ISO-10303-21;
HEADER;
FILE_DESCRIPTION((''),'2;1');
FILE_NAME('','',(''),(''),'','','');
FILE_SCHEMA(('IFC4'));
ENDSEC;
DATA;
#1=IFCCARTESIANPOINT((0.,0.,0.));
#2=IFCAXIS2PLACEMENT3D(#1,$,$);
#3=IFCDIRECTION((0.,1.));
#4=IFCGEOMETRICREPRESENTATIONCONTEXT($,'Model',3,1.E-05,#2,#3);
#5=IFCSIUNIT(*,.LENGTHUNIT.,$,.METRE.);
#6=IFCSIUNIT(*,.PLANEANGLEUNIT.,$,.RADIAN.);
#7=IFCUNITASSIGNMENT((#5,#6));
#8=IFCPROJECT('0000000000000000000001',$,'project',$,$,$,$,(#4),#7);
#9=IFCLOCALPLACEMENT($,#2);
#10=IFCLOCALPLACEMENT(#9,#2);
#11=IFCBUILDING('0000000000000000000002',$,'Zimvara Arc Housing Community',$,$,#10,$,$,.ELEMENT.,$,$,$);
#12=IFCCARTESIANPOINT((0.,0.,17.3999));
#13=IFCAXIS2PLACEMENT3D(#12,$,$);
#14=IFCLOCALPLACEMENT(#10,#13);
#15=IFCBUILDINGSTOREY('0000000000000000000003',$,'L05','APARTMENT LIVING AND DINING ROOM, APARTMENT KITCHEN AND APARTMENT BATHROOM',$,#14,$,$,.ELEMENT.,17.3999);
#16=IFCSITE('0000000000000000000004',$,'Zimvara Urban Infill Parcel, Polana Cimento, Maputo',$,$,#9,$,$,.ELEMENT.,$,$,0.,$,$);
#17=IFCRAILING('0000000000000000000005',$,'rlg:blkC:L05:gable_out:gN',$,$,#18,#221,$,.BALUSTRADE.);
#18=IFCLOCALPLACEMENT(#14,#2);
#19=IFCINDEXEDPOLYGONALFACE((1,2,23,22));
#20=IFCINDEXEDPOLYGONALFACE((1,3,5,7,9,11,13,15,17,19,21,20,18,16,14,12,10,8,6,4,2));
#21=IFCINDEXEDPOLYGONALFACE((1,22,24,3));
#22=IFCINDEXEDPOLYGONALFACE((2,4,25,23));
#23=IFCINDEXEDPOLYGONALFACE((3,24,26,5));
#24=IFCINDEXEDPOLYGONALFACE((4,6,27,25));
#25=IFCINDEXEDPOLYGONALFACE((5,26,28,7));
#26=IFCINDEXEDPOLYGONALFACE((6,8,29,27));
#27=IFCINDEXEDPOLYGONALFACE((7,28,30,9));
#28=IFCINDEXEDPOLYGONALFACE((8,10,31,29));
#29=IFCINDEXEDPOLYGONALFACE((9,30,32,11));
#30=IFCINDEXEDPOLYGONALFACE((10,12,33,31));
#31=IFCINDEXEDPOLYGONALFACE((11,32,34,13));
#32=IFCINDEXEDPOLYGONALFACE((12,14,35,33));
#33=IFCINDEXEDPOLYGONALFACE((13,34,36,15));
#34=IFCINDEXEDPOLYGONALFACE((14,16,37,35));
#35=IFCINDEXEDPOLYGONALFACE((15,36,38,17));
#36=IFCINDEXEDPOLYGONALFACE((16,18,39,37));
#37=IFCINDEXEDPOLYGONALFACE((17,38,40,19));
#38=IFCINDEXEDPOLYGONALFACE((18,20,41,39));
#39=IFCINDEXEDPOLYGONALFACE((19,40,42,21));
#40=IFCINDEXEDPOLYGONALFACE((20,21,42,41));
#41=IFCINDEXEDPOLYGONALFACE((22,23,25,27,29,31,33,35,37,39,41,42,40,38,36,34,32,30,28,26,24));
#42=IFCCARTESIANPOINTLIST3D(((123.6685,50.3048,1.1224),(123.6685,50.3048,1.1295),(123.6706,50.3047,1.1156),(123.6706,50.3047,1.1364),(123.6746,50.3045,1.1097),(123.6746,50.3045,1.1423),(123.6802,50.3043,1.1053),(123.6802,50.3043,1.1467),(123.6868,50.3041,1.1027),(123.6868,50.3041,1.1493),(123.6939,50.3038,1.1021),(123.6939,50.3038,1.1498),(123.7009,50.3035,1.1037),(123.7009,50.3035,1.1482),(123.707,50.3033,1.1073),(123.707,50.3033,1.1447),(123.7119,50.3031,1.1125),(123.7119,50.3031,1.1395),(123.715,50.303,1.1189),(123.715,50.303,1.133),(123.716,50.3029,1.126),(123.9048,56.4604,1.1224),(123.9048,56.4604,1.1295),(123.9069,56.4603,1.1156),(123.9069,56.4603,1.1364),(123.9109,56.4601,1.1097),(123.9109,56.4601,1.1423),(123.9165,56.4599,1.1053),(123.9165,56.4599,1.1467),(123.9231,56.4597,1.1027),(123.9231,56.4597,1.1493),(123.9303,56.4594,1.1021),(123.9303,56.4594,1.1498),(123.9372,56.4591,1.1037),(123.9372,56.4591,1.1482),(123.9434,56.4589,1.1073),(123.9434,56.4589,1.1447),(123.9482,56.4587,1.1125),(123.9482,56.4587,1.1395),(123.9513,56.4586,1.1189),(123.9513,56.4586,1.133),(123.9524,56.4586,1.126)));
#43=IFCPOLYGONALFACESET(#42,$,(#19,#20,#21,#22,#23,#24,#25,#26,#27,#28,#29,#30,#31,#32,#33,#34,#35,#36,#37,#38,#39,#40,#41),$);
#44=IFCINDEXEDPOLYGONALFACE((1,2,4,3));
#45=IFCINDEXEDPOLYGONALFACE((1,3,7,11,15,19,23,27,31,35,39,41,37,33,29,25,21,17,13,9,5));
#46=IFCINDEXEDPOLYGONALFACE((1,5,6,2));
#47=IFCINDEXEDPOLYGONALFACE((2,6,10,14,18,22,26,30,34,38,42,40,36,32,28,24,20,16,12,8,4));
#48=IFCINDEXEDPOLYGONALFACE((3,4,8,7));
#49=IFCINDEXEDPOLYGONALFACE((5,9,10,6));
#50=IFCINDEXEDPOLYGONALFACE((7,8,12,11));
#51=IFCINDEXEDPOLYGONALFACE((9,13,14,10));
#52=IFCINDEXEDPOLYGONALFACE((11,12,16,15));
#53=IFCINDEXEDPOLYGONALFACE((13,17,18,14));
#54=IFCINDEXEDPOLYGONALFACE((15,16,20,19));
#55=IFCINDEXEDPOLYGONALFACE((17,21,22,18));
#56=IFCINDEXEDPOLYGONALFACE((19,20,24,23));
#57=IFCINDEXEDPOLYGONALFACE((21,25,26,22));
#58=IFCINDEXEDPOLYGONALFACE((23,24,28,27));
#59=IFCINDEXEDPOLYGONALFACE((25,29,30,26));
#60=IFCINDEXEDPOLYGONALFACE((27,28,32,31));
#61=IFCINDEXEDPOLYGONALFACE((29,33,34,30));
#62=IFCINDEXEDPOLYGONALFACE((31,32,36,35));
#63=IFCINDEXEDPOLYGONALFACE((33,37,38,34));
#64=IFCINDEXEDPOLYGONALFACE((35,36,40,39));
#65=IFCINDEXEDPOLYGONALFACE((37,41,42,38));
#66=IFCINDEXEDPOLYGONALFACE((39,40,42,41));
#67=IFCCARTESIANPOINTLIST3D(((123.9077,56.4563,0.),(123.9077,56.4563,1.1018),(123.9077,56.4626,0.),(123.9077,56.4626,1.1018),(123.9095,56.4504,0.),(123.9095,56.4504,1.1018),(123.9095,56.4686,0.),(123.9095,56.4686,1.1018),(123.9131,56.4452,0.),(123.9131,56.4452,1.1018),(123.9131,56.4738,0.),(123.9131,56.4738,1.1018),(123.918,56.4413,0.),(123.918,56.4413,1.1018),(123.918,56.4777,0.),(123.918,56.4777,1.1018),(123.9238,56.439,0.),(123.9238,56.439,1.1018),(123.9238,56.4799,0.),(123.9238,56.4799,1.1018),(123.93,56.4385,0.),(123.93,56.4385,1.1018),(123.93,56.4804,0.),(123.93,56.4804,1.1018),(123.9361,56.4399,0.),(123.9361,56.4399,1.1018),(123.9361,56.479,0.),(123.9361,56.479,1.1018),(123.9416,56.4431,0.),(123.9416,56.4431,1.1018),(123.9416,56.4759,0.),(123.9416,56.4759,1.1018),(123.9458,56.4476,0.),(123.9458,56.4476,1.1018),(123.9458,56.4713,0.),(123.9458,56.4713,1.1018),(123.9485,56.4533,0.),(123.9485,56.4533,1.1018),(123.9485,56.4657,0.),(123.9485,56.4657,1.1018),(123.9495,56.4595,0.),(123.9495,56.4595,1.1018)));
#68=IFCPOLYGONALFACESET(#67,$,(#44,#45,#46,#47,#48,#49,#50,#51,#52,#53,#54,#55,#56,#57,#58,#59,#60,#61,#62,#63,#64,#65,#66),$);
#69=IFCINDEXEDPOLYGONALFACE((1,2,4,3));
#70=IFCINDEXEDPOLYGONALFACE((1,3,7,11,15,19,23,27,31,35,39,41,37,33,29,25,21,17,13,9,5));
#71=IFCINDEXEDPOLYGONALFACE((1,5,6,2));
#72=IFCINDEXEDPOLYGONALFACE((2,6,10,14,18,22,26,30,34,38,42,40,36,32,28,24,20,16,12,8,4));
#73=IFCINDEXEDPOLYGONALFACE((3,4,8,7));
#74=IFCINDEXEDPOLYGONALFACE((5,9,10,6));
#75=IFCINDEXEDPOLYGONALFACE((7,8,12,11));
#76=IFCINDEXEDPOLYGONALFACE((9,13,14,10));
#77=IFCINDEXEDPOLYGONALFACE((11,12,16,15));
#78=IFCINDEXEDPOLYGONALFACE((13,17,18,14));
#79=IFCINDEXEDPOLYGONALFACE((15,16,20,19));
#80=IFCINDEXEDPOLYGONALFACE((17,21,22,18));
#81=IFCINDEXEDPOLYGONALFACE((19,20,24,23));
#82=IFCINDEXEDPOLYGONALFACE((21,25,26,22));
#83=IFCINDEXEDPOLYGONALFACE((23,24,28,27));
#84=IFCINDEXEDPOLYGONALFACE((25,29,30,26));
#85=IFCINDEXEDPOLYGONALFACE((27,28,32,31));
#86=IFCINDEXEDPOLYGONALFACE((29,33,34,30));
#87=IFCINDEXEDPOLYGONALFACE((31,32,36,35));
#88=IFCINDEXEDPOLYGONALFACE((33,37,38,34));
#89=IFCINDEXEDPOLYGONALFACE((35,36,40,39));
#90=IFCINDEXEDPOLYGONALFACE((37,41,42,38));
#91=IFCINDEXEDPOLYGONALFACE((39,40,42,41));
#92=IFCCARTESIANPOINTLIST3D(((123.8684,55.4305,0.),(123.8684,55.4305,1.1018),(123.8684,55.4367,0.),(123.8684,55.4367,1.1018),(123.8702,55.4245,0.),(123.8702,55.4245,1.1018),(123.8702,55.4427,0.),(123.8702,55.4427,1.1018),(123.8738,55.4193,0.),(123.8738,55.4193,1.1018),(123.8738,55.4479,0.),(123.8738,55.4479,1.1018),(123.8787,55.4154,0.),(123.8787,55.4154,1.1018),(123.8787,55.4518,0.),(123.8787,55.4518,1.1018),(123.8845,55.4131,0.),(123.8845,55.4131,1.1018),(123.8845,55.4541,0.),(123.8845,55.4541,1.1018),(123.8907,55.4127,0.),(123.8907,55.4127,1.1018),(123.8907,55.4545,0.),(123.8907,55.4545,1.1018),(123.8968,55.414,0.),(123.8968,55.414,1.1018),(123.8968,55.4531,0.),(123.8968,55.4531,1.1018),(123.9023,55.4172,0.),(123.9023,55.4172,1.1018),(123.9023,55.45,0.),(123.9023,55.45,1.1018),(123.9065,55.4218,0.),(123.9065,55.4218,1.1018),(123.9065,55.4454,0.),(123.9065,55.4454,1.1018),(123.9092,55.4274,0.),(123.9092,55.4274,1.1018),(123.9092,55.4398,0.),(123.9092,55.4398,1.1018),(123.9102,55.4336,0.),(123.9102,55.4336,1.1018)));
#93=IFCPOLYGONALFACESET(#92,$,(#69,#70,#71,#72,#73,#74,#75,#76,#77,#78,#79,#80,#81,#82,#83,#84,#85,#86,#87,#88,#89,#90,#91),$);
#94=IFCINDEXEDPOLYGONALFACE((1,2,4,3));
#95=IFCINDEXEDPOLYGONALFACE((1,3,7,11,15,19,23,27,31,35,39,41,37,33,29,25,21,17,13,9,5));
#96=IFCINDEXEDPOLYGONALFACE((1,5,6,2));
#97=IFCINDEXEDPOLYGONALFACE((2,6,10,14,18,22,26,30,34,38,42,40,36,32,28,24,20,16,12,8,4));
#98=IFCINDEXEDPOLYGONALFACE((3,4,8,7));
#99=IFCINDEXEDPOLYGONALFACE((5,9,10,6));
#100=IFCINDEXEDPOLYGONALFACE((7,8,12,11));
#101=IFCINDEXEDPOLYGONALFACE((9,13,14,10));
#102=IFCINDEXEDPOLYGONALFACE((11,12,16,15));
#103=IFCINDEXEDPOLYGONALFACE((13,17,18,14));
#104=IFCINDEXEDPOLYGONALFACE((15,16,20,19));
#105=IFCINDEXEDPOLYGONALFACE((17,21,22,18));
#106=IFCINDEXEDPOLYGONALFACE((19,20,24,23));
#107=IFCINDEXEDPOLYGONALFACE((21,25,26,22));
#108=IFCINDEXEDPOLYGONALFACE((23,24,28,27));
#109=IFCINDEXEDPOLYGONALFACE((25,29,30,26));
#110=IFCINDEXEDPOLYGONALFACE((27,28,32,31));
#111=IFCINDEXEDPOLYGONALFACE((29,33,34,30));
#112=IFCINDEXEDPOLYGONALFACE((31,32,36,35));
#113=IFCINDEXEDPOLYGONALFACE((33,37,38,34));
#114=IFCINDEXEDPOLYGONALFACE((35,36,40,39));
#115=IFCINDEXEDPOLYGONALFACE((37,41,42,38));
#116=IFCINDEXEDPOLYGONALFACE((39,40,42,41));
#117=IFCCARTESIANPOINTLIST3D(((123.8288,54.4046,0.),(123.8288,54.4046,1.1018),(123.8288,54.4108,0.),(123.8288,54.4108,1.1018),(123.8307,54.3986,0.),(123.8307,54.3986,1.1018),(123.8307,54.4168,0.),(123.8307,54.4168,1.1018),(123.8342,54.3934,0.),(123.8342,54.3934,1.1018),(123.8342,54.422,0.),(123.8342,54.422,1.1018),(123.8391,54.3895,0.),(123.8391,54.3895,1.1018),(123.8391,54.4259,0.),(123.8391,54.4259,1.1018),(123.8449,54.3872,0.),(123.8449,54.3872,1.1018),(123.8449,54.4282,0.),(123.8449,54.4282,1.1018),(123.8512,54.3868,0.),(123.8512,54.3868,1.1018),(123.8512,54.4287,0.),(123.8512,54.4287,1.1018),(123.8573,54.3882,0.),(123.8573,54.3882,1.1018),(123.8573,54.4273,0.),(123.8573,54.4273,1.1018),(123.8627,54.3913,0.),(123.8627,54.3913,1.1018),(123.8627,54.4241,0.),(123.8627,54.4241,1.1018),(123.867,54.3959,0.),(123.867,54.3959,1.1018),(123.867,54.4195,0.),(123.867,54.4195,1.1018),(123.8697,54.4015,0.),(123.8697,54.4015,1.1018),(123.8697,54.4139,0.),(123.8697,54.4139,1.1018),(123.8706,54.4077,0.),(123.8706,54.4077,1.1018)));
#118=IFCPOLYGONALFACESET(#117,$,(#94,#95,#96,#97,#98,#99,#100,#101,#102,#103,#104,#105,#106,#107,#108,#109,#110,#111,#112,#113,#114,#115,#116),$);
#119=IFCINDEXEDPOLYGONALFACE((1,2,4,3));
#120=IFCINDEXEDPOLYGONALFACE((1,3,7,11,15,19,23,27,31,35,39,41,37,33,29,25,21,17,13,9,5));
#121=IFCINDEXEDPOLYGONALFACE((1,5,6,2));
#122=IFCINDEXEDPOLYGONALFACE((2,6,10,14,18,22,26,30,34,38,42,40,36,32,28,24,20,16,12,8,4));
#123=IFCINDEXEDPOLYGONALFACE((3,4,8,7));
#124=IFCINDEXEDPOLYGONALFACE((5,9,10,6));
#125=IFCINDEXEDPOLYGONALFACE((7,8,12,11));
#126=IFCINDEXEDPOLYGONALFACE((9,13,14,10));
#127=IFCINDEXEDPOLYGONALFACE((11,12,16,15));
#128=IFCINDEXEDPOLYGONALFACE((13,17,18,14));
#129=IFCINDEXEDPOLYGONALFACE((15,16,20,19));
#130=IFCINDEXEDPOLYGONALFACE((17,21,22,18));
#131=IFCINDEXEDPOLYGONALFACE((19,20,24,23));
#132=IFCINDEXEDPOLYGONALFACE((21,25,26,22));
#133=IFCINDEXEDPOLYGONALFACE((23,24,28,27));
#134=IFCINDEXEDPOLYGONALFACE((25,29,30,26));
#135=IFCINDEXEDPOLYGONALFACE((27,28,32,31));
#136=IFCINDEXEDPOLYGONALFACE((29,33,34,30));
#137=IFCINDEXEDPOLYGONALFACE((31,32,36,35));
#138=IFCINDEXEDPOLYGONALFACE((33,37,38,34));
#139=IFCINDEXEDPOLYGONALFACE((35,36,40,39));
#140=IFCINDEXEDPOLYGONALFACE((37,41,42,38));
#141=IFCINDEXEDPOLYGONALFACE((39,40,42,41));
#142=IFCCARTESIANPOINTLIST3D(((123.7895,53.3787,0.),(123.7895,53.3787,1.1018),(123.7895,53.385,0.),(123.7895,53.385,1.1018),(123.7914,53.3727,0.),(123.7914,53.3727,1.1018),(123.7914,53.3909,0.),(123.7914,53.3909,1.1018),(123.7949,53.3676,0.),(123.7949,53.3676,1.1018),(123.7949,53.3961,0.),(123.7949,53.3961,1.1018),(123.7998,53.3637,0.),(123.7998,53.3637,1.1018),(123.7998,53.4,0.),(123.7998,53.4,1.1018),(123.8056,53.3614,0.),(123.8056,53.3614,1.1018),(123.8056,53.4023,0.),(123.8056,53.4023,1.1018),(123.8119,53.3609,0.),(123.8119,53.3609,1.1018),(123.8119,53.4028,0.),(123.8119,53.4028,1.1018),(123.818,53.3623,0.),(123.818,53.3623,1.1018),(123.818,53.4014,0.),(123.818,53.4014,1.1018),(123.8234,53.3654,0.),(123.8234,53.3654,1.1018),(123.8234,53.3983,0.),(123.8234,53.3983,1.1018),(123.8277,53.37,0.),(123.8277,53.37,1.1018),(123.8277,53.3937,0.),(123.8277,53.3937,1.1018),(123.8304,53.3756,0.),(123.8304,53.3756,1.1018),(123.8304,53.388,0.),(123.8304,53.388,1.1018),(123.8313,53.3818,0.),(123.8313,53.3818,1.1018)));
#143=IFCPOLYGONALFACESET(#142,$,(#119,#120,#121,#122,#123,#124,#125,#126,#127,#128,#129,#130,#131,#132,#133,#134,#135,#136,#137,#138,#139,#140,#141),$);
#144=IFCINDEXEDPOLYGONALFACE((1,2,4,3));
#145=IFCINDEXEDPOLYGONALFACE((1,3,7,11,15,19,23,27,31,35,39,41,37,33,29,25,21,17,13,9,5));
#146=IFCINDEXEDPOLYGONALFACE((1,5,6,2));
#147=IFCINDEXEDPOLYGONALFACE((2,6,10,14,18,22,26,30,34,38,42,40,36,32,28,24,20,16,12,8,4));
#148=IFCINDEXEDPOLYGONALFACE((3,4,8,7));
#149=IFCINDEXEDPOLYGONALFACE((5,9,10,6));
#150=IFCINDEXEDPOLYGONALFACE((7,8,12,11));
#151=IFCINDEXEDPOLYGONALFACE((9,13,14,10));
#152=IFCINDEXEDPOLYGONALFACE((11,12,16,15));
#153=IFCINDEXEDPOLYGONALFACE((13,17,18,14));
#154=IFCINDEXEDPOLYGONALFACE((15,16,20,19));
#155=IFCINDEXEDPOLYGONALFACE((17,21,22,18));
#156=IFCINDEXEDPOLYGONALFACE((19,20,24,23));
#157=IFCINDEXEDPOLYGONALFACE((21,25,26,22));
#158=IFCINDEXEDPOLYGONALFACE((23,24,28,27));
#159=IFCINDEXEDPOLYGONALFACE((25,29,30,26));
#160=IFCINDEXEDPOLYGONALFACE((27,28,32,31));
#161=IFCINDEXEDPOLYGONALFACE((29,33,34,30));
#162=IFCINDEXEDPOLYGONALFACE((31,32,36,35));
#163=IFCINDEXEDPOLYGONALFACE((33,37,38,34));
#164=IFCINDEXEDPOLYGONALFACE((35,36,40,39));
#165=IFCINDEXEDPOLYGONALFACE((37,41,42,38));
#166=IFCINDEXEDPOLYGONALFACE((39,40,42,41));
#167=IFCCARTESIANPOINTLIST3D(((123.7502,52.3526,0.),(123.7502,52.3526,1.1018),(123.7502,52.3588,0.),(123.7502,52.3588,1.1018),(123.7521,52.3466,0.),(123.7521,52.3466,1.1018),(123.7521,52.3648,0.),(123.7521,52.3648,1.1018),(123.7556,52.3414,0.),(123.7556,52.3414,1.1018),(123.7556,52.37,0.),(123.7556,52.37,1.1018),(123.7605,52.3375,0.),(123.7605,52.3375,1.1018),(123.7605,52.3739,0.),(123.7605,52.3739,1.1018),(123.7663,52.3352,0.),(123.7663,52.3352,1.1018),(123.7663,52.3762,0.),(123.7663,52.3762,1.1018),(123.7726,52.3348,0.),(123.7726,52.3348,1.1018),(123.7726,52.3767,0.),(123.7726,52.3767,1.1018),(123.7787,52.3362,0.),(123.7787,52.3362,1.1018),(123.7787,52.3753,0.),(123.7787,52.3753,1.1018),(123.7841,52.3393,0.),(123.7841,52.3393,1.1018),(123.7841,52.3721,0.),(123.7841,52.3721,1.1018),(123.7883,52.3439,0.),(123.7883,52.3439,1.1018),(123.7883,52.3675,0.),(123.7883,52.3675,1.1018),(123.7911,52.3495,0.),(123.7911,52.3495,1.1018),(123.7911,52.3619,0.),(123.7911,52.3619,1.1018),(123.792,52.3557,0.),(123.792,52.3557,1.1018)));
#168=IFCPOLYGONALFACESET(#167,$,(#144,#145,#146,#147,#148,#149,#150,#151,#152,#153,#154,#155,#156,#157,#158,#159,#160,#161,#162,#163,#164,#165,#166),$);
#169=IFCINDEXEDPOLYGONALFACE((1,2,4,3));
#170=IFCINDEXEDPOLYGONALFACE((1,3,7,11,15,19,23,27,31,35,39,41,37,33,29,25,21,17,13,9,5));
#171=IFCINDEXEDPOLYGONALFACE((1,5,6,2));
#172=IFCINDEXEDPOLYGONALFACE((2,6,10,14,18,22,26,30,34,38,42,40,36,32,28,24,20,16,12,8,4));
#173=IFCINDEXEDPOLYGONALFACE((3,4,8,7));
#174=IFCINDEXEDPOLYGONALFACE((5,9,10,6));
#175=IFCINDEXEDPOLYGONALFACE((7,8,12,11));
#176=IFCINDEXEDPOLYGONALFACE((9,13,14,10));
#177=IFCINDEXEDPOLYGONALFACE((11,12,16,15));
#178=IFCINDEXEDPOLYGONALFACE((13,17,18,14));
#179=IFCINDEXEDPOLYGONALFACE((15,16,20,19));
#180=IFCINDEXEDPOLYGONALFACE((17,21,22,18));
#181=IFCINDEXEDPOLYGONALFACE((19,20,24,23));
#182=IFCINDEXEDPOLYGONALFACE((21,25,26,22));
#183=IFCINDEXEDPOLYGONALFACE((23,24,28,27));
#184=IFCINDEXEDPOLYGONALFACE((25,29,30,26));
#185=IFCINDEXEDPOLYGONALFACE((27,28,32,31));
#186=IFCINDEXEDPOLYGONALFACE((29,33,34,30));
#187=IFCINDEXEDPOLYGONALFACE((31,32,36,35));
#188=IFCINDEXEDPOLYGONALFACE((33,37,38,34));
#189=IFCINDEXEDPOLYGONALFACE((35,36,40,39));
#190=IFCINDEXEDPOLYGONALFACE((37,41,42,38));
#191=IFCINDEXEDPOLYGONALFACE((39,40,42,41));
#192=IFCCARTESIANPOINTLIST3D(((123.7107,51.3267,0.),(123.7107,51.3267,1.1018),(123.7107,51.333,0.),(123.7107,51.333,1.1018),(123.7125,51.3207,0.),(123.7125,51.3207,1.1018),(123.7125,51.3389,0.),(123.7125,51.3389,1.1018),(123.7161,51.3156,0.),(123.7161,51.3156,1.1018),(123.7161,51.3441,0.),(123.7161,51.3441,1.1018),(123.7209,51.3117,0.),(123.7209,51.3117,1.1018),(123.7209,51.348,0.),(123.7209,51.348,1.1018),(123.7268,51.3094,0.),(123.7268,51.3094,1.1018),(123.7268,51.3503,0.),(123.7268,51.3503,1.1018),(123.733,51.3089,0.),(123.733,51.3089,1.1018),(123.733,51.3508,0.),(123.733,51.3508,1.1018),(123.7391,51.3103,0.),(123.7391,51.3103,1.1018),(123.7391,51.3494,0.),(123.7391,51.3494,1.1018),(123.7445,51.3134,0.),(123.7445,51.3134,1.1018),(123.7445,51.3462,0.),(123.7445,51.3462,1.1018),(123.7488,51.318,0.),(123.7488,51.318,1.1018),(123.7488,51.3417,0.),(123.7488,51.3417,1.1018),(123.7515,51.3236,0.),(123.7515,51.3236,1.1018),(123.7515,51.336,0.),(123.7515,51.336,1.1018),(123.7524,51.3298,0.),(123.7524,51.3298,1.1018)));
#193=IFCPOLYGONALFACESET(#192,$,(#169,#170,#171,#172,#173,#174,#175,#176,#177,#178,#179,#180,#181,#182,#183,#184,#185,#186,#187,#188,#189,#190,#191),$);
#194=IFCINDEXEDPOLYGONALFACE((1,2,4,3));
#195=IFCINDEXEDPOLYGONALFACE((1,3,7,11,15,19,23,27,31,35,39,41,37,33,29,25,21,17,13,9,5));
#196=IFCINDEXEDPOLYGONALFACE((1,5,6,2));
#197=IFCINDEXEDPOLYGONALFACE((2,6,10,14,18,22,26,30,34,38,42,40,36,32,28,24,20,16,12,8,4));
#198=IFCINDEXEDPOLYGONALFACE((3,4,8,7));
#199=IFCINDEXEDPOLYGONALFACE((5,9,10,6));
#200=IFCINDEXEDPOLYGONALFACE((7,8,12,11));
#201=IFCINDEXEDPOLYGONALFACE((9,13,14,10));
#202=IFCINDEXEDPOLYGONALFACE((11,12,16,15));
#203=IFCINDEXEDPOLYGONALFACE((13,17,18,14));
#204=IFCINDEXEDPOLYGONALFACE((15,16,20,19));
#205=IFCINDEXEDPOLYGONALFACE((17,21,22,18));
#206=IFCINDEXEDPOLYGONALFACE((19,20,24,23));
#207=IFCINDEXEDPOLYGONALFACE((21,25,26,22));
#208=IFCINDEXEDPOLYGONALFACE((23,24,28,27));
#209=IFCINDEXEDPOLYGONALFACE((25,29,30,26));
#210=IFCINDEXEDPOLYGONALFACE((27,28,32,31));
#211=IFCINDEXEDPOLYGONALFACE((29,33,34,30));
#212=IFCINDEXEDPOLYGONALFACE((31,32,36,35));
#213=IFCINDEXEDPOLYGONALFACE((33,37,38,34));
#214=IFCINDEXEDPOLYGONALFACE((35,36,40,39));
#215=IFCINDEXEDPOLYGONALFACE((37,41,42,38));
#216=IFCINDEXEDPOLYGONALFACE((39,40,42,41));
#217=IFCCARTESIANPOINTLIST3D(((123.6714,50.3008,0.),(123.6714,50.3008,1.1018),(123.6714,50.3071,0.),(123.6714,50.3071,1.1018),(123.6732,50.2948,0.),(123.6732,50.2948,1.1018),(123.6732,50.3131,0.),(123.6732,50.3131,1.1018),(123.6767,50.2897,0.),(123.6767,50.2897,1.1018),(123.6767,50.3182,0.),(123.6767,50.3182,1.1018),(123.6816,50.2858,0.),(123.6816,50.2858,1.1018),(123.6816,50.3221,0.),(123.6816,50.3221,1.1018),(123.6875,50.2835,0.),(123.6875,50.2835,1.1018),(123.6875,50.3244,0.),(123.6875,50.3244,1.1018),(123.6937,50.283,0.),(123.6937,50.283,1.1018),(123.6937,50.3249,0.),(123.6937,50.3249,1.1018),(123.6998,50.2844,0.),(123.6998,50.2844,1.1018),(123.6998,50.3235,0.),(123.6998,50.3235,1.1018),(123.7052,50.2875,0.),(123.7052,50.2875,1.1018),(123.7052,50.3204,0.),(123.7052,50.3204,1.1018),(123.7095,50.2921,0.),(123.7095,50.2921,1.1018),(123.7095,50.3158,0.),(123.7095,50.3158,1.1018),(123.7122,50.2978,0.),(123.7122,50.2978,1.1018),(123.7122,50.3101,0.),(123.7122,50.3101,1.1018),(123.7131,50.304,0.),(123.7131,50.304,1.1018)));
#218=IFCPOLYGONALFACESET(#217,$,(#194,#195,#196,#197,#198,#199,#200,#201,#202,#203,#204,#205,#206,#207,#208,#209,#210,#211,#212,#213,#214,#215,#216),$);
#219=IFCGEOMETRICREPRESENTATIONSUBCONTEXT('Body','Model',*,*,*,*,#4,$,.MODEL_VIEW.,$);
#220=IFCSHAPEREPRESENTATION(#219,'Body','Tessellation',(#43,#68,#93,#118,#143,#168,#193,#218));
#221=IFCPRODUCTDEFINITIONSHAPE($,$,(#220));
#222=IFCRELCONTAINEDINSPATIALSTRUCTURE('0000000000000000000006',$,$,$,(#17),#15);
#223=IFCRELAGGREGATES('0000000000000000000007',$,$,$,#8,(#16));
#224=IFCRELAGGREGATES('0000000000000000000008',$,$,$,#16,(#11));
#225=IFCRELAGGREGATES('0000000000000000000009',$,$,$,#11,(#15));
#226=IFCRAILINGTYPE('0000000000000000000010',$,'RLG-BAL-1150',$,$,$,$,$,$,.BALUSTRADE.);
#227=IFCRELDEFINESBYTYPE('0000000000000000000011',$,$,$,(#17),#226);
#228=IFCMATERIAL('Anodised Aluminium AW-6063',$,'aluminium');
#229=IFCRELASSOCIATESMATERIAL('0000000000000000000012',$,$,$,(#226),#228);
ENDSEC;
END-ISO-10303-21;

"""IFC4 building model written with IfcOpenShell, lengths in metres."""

from ifc_helpers import new_model, si_unit, direction, frame, origin, origin_2d, place, context, subcontext, project, spatial, circle, extrude, material, type_object, element, save


model = new_model("IFC4")

# Units and contexts
model_context = context("Model", 3, precision=1e-05, world=origin(), true_north=direction((0.0, 1.0)))
body_context = subcontext(model_context, "Body", "Model", "MODEL_VIEW")
ifc_project = project(units=[si_unit("LENGTHUNIT", "METRE"), si_unit("PLANEANGLEUNIT", "RADIAN")], contexts=[model_context])

# Site, building, storey
site_placement = place(None, origin())
site = spatial("IfcSite", under=ifc_project, at=site_placement, Name="Zimvara Urban Infill Parcel, Polana Cimento, Maputo", CompositionType="ELEMENT", RefElevation=0.0)
building_placement = place(site_placement, origin())
building = spatial("IfcBuilding", under=site, at=building_placement, Name="Zimvara Arc Housing Community", CompositionType="ELEMENT")
storey_placement = place(building_placement, frame((0.0, 0.0, 17.3999)))
storey = spatial("IfcBuildingStorey", under=building, at=storey_placement, Name="L05", Description="APARTMENT LIVING AND DINING ROOM, APARTMENT KITCHEN AND APARTMENT BATHROOM", CompositionType="ELEMENT", Elevation=17.3999)

# Railing
ifc_material_1 = material(Name="Anodised Aluminium AW-6063", Category="aluminium")
railing_type = type_object("IfcRailingType", Name="RLG-BAL-1150", PredefinedType="BALUSTRADE", material=ifc_material_1)
railing_placement = place(storey_placement, frame((123.9285, 56.4595, 0.0)))
element("IfcRailing", 1, at=railing_placement, inside=storey, type_object=railing_type, Name="rlg:blkC:L05:gable_out:gN", PredefinedType="BALUSTRADE", context=body_context, shape_type="SweptSolid", body=[
    extrude(circle(Radius=0.0239, at=origin_2d()), frame((0.0, 0.0, 1.126), z_axis=(-0.038365, -0.999264, 0.0), x_axis=(0.999264, -0.038365, 0.0)), (0.0, 0.0, 1.0), 6.1602),
    extrude(circle(Radius=0.021, at=origin_2d()), origin(), (0.0, 0.0, 1.0), 1.1018),
    extrude(circle(Radius=0.021, at=origin_2d()), frame((-0.0393, -1.0259, 0.0)), (0.0, 0.0, 1.0), 1.1018),
    extrude(circle(Radius=0.021, at=origin_2d()), frame((-0.0789, -2.0518, 0.0)), (0.0, 0.0, 1.0), 1.1018),
    extrude(circle(Radius=0.021, at=origin_2d()), frame((-0.1182, -3.0776, 0.0)), (0.0, 0.0, 1.0), 1.1018),
    extrude(circle(Radius=0.021, at=origin_2d()), frame((-0.1575, -4.1038, 0.0)), (0.0, 0.0, 1.0), 1.1018),
    extrude(circle(Radius=0.021, at=origin_2d()), frame((-0.197, -5.1296, 0.0)), (0.0, 0.0, 1.0), 1.1018),
    extrude(circle(Radius=0.021, at=origin_2d()), frame((-0.2363, -6.1555, 0.0)), (0.0, 0.0, 1.0), 1.1018),
])

save(model, "model.ifc")
